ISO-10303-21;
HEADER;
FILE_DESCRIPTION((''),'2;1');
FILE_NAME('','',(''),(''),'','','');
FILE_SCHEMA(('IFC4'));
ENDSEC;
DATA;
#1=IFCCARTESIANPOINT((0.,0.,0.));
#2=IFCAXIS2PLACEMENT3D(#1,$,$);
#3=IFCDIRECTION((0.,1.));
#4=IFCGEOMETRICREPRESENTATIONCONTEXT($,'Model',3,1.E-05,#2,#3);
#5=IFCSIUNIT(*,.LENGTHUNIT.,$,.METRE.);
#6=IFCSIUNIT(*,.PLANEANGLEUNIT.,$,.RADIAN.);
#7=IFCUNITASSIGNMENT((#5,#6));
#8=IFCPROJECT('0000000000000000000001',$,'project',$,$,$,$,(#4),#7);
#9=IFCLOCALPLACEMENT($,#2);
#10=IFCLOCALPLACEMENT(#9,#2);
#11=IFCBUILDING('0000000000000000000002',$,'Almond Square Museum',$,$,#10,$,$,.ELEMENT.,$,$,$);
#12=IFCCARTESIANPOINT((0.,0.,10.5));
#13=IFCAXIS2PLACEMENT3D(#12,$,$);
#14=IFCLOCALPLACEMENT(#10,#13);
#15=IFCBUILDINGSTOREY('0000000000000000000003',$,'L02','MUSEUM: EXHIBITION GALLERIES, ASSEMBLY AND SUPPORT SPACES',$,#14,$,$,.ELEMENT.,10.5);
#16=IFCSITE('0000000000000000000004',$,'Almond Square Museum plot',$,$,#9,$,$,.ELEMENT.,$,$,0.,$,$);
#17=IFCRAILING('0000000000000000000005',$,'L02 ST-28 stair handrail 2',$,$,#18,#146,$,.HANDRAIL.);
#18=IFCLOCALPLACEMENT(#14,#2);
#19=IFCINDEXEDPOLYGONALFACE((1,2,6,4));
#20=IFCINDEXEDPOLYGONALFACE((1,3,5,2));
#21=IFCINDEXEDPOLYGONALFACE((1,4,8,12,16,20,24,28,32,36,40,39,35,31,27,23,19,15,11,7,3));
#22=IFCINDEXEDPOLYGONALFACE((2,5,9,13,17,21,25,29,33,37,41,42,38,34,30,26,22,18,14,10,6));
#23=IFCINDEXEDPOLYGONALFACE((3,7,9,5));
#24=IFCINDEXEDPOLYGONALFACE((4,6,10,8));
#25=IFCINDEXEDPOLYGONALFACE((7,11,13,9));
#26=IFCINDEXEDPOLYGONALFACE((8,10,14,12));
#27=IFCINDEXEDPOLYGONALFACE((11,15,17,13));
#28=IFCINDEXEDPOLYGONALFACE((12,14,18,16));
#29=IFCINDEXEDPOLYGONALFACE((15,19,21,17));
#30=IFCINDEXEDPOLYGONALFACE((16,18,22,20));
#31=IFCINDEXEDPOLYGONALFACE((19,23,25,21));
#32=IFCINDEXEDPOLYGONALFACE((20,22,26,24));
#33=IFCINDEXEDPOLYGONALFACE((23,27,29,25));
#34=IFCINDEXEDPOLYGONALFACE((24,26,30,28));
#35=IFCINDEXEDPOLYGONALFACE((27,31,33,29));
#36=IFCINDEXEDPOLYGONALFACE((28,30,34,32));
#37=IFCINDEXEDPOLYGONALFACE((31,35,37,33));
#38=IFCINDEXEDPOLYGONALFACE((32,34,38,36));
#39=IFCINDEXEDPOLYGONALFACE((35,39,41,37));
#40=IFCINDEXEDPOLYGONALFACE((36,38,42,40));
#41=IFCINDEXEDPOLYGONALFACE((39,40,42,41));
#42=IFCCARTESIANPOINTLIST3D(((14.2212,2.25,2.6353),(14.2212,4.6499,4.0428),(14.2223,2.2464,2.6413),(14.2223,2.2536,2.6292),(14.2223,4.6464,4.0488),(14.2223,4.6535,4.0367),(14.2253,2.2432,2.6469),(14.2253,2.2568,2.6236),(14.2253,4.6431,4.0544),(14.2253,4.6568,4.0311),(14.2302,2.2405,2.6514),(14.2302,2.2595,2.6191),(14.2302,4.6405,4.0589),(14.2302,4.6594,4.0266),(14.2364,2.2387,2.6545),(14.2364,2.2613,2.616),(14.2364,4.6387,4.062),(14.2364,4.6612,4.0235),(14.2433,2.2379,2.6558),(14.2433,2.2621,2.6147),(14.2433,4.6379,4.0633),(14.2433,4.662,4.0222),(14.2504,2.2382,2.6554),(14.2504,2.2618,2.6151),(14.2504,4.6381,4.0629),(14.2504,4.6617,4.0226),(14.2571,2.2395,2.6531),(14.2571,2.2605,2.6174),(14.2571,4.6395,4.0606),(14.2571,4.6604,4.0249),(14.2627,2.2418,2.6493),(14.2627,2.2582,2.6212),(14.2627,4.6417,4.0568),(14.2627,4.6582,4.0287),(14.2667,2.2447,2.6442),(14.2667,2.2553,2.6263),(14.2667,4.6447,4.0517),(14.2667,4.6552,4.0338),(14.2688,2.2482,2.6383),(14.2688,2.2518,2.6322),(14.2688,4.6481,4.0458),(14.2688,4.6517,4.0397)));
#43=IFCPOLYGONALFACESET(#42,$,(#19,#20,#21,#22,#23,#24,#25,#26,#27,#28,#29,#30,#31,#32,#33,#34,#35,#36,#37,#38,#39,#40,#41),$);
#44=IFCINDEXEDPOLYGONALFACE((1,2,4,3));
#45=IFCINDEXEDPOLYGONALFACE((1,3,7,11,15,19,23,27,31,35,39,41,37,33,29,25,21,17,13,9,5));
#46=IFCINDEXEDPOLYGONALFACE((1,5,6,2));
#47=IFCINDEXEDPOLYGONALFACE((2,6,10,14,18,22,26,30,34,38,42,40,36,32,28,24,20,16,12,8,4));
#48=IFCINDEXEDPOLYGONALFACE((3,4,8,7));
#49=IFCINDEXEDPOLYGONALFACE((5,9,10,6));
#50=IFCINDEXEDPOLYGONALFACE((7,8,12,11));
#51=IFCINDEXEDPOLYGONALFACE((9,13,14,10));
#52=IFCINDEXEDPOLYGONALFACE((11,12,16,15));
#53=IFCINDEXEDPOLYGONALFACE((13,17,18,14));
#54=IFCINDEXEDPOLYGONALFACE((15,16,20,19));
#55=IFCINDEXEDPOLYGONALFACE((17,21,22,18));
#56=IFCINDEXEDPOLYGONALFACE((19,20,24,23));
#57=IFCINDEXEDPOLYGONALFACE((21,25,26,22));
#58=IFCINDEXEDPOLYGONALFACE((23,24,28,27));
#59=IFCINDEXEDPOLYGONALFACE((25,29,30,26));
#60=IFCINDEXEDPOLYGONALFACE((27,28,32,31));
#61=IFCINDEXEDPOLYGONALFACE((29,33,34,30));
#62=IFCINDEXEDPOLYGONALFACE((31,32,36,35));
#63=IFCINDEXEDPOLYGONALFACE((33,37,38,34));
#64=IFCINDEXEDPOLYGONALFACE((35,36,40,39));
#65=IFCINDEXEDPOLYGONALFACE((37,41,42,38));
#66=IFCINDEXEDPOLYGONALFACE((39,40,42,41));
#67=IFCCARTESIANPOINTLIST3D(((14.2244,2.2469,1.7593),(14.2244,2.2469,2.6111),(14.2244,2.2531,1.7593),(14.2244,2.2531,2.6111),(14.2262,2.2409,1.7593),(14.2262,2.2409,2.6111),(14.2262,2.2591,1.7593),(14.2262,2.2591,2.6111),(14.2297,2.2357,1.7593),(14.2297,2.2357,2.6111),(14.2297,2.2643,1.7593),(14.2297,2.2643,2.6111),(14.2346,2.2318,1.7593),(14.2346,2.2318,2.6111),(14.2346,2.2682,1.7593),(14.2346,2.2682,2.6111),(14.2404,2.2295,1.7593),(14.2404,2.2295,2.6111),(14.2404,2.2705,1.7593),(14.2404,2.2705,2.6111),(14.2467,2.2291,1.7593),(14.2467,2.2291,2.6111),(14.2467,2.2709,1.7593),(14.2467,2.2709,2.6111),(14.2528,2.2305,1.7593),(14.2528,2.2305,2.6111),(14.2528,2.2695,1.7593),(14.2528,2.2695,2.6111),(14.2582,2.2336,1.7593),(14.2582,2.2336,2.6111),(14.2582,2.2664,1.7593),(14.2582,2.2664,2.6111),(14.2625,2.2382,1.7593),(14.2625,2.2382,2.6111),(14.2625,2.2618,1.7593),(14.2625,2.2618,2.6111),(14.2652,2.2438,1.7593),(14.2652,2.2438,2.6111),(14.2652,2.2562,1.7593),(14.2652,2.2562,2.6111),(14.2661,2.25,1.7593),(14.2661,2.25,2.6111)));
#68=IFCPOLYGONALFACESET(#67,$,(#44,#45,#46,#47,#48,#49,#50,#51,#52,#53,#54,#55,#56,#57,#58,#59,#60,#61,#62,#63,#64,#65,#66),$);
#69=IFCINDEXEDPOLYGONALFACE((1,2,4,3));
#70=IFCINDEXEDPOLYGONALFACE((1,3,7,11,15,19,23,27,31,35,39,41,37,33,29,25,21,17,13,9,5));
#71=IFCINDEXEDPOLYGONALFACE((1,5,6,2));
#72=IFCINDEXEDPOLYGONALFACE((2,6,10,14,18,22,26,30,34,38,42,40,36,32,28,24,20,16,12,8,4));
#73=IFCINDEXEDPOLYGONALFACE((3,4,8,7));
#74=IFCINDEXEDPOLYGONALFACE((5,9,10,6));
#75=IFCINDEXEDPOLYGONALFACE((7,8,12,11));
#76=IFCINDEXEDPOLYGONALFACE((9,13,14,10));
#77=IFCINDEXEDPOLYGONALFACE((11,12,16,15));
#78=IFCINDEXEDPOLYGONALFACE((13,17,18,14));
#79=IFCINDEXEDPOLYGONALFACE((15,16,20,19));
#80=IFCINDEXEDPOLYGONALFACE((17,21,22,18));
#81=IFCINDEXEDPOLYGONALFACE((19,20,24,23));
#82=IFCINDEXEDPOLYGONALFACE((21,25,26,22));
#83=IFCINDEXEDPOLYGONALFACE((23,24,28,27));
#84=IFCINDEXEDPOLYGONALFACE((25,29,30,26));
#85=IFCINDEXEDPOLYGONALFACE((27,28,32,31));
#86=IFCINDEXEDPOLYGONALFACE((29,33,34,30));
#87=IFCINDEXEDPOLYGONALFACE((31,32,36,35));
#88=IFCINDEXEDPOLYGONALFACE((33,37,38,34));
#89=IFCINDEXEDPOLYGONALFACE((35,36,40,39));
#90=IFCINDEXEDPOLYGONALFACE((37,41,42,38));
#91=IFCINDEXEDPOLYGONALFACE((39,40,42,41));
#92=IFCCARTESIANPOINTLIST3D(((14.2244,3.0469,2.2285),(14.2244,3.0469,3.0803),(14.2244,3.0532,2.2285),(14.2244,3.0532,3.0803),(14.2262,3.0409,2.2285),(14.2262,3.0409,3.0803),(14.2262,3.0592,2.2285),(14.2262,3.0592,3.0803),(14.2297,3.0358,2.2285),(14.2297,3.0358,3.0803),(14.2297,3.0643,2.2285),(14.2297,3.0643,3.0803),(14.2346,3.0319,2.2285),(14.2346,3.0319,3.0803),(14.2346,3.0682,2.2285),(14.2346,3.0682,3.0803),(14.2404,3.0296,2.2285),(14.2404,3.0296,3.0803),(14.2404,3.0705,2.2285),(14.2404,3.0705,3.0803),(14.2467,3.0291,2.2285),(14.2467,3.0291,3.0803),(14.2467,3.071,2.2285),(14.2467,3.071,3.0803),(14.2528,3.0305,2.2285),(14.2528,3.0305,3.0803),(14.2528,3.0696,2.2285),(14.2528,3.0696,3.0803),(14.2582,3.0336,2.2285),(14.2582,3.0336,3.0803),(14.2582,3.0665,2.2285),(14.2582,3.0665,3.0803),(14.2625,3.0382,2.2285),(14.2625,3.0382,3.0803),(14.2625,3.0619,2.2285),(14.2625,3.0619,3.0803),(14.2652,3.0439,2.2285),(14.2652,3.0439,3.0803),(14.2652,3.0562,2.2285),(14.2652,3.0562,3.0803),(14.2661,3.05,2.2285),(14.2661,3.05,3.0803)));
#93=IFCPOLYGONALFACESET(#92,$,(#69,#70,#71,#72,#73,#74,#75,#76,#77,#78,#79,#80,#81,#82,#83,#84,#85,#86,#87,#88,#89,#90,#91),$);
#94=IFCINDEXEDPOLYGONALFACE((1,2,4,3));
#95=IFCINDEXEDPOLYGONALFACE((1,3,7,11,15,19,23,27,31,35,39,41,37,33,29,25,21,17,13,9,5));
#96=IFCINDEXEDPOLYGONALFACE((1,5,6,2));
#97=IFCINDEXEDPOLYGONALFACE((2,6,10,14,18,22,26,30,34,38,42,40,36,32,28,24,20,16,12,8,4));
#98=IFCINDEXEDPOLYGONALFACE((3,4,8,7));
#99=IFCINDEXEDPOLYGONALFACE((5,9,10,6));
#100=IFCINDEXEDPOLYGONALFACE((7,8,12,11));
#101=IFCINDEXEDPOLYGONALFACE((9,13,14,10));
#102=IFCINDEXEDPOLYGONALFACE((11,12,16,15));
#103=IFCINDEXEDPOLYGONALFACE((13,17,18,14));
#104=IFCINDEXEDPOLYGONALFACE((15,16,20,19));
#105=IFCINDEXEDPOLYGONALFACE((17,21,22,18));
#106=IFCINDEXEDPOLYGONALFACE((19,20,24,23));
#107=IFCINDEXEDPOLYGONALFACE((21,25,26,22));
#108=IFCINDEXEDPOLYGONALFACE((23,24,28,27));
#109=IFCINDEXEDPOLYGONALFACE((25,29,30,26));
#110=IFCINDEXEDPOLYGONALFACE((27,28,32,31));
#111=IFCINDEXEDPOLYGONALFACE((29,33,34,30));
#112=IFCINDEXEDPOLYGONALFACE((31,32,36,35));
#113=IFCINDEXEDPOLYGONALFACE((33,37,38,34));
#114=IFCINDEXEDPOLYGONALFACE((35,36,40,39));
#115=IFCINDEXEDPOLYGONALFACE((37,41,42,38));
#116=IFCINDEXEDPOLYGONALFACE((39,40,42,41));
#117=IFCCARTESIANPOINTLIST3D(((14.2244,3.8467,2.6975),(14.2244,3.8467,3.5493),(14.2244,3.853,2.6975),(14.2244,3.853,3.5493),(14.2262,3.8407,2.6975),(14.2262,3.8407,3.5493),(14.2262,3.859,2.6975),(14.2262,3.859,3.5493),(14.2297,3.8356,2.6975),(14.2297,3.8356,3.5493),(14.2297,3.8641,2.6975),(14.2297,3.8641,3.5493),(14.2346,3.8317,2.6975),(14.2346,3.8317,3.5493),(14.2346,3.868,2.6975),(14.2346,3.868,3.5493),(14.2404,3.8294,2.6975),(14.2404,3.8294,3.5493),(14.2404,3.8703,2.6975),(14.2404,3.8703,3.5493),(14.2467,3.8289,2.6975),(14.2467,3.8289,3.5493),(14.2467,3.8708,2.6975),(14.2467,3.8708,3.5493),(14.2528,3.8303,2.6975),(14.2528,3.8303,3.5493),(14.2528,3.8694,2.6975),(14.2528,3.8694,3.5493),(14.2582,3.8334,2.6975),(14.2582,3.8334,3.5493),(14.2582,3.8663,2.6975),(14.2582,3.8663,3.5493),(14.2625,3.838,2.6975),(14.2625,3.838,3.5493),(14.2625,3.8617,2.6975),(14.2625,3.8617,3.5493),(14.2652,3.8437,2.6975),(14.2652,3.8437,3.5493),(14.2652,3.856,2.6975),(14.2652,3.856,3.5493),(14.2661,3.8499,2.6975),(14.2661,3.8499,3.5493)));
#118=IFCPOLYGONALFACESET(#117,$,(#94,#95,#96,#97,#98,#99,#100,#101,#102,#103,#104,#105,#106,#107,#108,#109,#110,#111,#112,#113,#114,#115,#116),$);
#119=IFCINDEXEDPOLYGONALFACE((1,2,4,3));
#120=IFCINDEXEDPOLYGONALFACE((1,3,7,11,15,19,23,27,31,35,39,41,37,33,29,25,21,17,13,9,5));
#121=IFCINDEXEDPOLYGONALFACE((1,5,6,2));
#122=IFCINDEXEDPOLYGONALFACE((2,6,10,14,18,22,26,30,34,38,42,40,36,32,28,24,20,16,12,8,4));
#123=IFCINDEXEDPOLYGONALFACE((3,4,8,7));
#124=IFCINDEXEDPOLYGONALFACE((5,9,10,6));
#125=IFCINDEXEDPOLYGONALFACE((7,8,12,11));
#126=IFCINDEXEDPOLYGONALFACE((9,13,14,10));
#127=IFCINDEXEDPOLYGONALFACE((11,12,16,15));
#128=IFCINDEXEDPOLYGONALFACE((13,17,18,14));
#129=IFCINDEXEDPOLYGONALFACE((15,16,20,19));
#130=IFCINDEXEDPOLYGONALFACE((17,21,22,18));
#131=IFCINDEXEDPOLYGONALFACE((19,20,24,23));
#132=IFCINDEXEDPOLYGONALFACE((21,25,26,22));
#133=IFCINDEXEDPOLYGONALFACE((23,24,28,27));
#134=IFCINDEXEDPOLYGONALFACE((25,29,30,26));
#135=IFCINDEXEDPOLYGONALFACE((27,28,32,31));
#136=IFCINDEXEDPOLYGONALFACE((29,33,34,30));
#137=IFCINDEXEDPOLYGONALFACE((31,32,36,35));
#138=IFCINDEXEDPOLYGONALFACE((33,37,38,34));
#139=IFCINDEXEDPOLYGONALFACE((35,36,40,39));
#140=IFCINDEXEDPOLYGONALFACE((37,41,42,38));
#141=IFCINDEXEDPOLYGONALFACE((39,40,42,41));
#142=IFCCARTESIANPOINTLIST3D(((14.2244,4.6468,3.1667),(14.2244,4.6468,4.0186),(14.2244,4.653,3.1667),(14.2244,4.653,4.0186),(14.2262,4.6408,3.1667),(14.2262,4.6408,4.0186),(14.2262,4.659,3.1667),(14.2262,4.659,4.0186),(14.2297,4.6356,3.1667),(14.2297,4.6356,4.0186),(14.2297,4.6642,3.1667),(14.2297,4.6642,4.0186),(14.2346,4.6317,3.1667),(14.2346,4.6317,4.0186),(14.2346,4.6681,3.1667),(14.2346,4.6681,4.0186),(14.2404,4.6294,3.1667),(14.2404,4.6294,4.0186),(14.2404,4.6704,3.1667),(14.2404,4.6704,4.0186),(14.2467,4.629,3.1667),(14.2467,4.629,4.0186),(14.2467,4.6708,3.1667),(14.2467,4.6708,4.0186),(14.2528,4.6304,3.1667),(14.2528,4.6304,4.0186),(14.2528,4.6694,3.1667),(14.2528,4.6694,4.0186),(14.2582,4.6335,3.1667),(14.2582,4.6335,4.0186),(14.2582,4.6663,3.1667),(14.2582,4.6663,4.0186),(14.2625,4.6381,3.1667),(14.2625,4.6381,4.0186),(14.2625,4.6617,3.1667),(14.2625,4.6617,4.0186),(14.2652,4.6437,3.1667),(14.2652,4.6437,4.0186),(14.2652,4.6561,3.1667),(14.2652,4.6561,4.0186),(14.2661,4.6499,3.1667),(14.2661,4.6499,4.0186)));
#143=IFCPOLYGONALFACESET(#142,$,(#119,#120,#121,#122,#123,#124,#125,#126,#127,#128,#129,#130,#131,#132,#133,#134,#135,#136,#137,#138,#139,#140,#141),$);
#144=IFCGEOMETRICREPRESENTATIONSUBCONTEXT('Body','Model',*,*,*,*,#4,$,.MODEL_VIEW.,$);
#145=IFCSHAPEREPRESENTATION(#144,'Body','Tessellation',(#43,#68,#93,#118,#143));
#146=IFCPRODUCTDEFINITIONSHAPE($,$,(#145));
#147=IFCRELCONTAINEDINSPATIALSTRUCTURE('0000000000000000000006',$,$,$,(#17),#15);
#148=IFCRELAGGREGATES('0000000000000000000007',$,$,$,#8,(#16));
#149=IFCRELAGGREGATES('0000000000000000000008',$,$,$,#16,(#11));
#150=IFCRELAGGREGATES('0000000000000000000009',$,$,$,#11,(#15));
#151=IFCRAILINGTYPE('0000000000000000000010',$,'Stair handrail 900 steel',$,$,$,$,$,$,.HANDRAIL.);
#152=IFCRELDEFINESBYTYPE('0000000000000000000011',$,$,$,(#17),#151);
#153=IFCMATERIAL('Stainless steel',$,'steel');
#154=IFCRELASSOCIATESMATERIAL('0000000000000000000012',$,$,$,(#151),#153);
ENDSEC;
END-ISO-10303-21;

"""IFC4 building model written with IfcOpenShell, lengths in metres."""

from ifc_helpers import new_model, si_unit, direction, frame, origin, origin_2d, place, context, subcontext, project, spatial, circle, extrude, material, type_object, element, save


model = new_model("IFC4")

# Units and contexts
model_context = context("Model", 3, precision=1e-05, world=origin(), true_north=direction((0.0, 1.0)))
body_context = subcontext(model_context, "Body", "Model", "MODEL_VIEW")
ifc_project = project(units=[si_unit("LENGTHUNIT", "METRE"), si_unit("PLANEANGLEUNIT", "RADIAN")], contexts=[model_context])

# Site, building, storey
site_placement = place(None, origin())
site = spatial("IfcSite", under=ifc_project, at=site_placement, Name="Almond Square Museum plot", CompositionType="ELEMENT", RefElevation=0.0)
building_placement = place(site_placement, origin())
building = spatial("IfcBuilding", under=site, at=building_placement, Name="Almond Square Museum", CompositionType="ELEMENT")
storey_placement = place(building_placement, frame((0.0, 0.0, 10.5)))
storey = spatial("IfcBuildingStorey", under=building, at=storey_placement, Name="L02", Description="MUSEUM: EXHIBITION GALLERIES, ASSEMBLY AND SUPPORT SPACES", CompositionType="ELEMENT", Elevation=10.5)

# Railing
ifc_material_1 = material(Name="Stainless steel", Category="steel")
railing_type_1 = type_object("IfcRailingType", Name="Stair handrail 900 steel", PredefinedType="HANDRAIL", material=ifc_material_1)
for number, where, name in (
    (1, (14.2451, 2.25, 1.7593), "L02 ST-28 stair handrail 2"),
):
    element("IfcRailing", number, at=place(storey_placement, frame(where)), inside=storey, type_object=railing_type_1, Name=name, PredefinedType="HANDRAIL", context=body_context, shape_type="SweptSolid", body=[
        extrude(circle(Radius=0.0239, at=origin_2d()), frame((0.0, 0.0, 0.876), z_axis=(0.0, 0.862599, 0.505888), x_axis=(-1.0, 0.0, 0.0)), (0.0, 0.0, 1.0), 2.7822),
        extrude(circle(Radius=0.021, at=origin_2d()), origin(), (0.0, 0.0, 1.0), 0.8518),
        extrude(circle(Radius=0.021, at=origin_2d()), frame((0.0, 0.8, 0.4692)), (0.0, 0.0, 1.0), 0.8518),
        extrude(circle(Radius=0.021, at=origin_2d()), frame((0.0, 1.5999, 0.9382)), (0.0, 0.0, 1.0), 0.8518),
        extrude(circle(Radius=0.021, at=origin_2d()), frame((0.0, 2.3999, 1.4075)), (0.0, 0.0, 1.0), 0.8518),
    ])

save(model, "model.ifc")
